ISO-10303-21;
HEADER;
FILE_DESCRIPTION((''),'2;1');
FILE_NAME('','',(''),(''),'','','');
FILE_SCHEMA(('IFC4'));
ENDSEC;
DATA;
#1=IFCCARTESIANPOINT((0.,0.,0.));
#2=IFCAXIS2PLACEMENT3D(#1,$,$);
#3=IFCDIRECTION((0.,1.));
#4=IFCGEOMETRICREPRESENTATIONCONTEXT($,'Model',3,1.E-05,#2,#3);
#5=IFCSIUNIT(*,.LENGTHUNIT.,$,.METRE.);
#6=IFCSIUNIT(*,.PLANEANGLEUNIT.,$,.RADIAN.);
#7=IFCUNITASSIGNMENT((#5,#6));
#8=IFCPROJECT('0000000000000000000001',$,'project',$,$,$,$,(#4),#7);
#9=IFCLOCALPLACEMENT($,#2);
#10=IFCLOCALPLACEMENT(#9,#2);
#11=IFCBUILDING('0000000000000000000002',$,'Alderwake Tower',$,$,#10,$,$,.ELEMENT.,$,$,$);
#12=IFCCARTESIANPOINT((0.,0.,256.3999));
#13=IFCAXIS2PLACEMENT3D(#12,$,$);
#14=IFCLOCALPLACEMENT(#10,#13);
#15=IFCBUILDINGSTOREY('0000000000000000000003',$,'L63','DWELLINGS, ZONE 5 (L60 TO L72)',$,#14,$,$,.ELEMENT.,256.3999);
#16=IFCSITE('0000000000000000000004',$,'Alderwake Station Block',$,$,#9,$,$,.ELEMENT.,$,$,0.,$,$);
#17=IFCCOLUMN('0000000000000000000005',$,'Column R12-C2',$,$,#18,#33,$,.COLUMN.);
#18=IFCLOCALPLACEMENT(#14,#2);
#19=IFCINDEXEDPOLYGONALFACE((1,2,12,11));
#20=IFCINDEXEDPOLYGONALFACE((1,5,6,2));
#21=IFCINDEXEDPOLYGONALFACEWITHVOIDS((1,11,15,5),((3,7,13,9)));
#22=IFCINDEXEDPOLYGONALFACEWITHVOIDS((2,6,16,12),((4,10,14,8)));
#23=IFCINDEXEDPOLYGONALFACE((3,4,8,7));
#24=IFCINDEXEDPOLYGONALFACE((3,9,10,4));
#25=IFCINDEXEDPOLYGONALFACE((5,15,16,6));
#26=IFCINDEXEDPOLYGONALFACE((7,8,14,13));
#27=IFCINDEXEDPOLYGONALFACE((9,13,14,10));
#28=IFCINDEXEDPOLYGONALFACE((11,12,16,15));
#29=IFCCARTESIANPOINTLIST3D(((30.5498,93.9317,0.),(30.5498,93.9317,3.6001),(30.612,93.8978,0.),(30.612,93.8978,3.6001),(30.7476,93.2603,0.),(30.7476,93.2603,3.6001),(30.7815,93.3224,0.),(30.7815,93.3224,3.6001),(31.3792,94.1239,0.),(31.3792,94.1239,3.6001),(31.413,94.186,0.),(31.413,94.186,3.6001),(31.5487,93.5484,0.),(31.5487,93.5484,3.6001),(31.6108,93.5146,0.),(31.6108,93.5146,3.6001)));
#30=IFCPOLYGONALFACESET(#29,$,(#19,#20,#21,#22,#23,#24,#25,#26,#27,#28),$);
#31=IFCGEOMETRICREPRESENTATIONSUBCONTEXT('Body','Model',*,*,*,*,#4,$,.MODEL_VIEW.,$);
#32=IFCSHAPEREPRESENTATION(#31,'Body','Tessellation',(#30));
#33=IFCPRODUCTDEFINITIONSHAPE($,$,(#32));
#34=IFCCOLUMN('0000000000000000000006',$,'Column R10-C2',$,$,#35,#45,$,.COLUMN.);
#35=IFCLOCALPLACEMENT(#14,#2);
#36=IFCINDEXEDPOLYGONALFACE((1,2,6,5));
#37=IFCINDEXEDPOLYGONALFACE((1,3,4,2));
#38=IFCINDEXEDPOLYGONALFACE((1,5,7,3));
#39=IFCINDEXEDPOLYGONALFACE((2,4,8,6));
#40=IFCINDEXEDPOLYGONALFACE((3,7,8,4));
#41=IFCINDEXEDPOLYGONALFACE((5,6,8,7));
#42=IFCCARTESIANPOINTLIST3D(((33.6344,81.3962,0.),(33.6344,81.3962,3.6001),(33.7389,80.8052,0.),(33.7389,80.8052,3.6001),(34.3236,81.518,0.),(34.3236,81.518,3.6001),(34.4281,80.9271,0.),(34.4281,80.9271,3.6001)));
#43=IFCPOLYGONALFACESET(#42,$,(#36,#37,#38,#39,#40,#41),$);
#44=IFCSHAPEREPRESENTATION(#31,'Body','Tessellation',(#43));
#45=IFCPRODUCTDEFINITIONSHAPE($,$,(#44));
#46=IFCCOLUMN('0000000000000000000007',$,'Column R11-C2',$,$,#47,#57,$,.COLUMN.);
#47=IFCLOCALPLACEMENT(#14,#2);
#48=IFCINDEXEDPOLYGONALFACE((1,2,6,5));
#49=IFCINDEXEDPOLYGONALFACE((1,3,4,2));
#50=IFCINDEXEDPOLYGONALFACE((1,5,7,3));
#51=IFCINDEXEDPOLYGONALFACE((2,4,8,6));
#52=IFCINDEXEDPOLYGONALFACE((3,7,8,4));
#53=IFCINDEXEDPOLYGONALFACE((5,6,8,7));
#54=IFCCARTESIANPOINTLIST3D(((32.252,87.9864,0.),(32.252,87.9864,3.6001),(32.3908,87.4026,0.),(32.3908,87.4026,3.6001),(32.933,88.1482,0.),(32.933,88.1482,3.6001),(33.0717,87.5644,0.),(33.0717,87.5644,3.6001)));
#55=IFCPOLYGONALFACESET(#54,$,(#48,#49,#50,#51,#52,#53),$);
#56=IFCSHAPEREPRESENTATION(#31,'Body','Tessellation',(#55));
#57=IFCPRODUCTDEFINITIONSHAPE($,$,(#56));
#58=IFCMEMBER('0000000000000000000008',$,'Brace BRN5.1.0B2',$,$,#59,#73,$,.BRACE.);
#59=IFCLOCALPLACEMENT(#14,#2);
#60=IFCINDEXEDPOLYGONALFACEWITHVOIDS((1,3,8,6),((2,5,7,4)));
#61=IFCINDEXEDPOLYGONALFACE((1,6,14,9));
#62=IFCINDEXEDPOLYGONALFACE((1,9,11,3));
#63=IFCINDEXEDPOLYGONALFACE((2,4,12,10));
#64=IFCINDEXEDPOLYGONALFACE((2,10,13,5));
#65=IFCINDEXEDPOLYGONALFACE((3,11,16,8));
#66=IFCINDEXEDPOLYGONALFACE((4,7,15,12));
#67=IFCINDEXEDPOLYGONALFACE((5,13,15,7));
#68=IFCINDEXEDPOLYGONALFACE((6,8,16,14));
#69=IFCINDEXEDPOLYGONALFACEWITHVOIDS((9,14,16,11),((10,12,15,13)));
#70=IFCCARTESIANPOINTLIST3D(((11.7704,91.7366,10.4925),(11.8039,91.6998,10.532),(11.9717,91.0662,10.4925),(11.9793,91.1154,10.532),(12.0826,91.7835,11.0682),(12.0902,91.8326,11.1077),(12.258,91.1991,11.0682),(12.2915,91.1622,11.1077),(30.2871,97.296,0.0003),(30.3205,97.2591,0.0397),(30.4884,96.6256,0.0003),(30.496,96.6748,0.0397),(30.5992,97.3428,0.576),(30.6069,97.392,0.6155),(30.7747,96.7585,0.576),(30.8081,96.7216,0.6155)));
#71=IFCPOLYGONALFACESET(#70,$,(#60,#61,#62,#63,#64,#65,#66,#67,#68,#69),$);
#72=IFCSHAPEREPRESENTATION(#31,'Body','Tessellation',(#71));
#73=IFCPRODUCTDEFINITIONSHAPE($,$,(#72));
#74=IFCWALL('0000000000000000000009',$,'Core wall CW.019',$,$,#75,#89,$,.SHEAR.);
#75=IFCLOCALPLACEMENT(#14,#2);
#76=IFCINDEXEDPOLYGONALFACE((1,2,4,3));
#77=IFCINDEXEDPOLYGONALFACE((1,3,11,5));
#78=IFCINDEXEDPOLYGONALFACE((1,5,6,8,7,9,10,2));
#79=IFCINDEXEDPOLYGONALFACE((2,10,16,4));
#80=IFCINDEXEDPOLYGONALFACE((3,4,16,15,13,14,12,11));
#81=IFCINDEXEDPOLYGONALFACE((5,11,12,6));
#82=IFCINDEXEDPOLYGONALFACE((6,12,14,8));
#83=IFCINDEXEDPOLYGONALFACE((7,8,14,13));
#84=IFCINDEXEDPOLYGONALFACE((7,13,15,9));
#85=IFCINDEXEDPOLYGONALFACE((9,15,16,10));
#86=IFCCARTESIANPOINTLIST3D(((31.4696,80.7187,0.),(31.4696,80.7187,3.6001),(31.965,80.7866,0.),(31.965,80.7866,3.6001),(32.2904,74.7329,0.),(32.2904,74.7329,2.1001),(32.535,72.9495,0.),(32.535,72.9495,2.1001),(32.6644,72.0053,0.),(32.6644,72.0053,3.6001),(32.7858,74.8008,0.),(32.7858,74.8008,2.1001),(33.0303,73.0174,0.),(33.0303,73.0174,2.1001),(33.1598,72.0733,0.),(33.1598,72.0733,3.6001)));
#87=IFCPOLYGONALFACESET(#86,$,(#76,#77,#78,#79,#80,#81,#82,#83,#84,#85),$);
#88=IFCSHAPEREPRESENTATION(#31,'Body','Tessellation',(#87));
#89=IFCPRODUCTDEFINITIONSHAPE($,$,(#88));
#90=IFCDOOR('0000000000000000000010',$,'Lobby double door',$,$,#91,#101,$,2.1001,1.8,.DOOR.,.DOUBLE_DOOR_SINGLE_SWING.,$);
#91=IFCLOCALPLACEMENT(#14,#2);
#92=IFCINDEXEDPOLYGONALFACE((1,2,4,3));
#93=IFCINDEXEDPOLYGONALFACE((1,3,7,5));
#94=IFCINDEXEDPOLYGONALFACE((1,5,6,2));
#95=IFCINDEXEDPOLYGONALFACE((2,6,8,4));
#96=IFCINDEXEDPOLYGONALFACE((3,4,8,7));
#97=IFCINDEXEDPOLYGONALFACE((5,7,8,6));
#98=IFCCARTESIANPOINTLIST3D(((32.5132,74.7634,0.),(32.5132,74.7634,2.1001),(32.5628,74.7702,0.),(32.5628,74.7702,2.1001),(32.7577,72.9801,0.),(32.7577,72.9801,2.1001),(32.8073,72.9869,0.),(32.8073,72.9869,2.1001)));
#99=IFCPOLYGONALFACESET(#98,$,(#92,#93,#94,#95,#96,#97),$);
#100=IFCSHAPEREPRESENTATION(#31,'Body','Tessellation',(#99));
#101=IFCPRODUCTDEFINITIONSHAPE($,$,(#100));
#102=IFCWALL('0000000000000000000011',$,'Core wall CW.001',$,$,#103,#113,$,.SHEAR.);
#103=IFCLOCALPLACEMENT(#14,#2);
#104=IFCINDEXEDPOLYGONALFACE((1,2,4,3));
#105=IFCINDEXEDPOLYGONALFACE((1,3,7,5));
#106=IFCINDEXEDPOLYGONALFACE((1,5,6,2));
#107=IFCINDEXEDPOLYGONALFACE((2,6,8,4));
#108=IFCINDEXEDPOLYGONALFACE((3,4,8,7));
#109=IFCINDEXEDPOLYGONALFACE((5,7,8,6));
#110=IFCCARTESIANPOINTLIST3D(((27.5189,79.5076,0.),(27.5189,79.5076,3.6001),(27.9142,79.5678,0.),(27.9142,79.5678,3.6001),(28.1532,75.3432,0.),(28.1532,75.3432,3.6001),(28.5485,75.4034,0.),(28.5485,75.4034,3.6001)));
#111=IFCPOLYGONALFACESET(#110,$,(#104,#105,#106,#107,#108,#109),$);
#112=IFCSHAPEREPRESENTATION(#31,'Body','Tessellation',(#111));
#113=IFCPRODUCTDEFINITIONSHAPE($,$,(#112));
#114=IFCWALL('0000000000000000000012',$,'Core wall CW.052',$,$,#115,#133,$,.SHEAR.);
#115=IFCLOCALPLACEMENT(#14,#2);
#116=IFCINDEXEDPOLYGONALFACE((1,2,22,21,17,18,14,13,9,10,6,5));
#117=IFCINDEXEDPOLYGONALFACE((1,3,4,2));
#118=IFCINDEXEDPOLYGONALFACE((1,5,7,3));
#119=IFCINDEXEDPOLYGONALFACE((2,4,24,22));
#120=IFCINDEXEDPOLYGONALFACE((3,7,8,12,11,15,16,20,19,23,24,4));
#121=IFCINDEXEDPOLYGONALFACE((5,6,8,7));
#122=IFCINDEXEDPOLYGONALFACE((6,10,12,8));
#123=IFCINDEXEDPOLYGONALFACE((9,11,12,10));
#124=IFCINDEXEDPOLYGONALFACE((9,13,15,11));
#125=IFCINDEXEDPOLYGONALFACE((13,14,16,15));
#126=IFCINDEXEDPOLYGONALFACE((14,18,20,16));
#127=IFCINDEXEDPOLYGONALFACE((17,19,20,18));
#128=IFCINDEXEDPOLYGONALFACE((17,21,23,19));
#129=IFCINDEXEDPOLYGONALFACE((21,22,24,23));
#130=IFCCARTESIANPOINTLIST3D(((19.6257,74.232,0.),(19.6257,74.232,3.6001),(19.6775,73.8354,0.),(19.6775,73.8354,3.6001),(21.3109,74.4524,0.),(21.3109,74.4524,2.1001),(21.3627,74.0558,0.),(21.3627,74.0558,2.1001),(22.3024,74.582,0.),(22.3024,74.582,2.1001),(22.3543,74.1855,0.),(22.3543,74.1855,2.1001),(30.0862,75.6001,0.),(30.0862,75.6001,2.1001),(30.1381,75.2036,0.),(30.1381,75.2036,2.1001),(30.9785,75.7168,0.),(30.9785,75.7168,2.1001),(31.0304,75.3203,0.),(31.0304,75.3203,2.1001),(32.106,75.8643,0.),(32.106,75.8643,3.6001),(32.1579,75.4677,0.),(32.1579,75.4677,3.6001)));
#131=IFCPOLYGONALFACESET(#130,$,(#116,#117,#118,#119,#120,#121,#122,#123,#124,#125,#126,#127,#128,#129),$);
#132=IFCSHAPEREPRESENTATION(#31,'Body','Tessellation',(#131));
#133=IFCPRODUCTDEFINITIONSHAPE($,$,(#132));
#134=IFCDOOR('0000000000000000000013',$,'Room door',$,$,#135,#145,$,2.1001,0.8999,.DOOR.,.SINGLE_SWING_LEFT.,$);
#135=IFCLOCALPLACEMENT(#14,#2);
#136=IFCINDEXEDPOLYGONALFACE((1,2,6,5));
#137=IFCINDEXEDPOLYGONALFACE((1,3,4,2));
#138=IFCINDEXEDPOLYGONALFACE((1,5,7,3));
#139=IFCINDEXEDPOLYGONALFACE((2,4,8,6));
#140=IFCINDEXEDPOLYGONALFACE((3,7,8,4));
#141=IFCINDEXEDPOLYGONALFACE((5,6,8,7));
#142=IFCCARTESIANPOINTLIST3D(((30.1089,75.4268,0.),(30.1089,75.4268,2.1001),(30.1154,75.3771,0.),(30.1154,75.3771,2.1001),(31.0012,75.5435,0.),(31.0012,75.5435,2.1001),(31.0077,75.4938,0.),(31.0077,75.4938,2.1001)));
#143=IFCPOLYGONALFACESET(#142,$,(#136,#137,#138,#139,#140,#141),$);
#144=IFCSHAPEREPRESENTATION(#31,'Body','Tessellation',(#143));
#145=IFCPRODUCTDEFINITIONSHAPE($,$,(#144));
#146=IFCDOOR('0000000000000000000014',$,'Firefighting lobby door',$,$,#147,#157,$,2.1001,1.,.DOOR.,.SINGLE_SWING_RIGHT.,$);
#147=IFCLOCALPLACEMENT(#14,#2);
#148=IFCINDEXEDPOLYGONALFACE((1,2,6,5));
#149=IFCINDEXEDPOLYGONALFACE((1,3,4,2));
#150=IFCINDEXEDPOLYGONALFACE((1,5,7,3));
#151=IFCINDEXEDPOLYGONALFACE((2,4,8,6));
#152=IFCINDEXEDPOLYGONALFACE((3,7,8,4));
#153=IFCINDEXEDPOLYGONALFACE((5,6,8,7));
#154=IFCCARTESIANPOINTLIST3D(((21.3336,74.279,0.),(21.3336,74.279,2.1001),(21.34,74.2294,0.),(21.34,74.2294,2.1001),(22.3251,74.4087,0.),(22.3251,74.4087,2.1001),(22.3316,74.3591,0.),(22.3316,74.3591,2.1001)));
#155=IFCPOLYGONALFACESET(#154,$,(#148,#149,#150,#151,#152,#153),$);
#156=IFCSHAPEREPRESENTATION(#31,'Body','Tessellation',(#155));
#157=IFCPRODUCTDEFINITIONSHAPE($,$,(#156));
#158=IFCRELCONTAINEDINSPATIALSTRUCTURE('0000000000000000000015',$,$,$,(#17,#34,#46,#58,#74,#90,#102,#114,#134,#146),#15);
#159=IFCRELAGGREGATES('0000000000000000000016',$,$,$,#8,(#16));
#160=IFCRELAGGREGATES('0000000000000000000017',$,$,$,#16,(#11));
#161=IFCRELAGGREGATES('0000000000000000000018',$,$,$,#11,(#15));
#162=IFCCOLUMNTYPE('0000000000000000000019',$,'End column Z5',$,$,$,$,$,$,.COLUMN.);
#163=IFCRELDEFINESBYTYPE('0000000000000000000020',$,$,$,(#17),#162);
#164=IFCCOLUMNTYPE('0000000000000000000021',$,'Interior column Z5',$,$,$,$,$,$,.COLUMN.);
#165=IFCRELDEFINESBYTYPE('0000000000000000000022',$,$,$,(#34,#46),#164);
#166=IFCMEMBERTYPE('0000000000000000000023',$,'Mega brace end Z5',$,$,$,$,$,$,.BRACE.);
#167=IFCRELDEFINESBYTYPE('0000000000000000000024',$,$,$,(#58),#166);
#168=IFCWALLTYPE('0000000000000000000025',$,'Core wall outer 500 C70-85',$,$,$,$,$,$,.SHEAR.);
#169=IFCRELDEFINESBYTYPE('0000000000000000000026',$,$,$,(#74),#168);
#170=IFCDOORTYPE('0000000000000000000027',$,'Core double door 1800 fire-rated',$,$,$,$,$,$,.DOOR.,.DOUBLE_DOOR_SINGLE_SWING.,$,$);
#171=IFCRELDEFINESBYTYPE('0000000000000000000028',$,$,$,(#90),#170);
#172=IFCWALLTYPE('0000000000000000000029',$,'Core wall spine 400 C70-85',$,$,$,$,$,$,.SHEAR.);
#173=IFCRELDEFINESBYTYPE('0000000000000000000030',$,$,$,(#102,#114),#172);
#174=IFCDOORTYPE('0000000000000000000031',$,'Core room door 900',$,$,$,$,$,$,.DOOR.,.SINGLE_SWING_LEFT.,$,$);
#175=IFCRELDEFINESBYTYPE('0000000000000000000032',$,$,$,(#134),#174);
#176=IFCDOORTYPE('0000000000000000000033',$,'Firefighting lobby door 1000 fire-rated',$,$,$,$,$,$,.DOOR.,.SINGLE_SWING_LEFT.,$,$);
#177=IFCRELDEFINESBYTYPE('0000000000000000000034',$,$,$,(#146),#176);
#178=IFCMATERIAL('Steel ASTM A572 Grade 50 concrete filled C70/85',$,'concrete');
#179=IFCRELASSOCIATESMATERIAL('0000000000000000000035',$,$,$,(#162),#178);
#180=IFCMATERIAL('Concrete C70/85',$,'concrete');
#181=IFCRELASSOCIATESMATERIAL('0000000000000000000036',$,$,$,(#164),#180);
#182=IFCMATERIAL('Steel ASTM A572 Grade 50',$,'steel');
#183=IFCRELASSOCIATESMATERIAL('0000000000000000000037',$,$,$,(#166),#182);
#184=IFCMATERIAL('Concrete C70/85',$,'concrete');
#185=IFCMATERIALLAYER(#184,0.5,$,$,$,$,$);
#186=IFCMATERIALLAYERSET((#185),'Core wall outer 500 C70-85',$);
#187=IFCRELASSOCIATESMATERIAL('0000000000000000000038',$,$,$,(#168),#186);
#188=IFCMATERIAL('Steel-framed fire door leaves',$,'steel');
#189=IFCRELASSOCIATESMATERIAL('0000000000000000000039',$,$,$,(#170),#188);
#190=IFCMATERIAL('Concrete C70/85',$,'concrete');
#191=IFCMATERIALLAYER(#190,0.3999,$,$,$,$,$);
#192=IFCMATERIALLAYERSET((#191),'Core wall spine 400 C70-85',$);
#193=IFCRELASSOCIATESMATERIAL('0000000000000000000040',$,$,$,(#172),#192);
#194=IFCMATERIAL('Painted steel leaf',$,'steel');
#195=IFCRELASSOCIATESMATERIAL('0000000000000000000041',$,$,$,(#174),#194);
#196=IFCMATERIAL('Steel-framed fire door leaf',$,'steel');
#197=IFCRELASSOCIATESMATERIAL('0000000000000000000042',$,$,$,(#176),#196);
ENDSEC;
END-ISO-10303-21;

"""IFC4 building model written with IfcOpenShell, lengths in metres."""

from ifc_helpers import new_model, si_unit, direction, frame, frame_2d, origin, origin_2d, place, context, subcontext, project, spatial, rectangle, hollow_rectangle, extrude, material, layer, layer_set, material_profile, profile_set, type_object, element, fill, save


model = new_model("IFC4")

# Units and contexts
model_context = context("Model", 3, precision=1e-05, world=origin(), true_north=direction((0.0, 1.0)))
body_context = subcontext(model_context, "Body", "Model", "MODEL_VIEW")
ifc_project = project(units=[si_unit("LENGTHUNIT", "METRE"), si_unit("PLANEANGLEUNIT", "RADIAN")], contexts=[model_context])

# Site, building, storey
site_placement = place(None, origin())
site = spatial("IfcSite", under=ifc_project, at=site_placement, Name="Alderwake Station Block", CompositionType="ELEMENT", RefElevation=0.0)
building_placement = place(site_placement, origin())
building = spatial("IfcBuilding", under=site, at=building_placement, Name="Alderwake Tower", CompositionType="ELEMENT")
storey_placement = place(building_placement, frame((0.0, 0.0, 256.3999)))
storey = spatial("IfcBuildingStorey", under=building, at=storey_placement, Name="L63", Description="DWELLINGS, ZONE 5 (L60 TO L72)", CompositionType="ELEMENT", Elevation=256.3999)

# Columns
ifc_material_1 = material(Name="Steel ASTM A572 Grade 50 concrete filled C70/85", Category="concrete")
ifc_material_profile_1 = material_profile(ifc_material_1, hollow_rectangle(XDim=0.7, YDim=0.8999, WallThickness=0.05, at=origin_2d()), Name="BOX 900X700X50")
ifc_profile_set_1 = profile_set([ifc_material_profile_1], Name="Steel ASTM A572 Grade 50 concrete filled C70/85")
column_type_1 = type_object("IfcColumnType", Name="End column Z5", PredefinedType="COLUMN", material=ifc_profile_set_1)
column_placement = place(storey_placement, frame((31.0803, 93.7231, 0.0), z_axis=(0.0, 0.0, 1.0), x_axis=(-0.282583, 0.959243, 0.0)))
element("IfcColumn", 1, at=column_placement, inside=storey, type_object=column_type_1, Name="Column R12-C2", PredefinedType="COLUMN", context=body_context, shape_type="SweptSolid", body=[
    extrude(hollow_rectangle(XDim=0.7, YDim=0.8999, WallThickness=0.05, at=origin_2d()), origin(), (0.0, 0.0, 1.0), 3.6001),
])
ifc_material_2 = material(Name="Concrete C70/85", Category="concrete")
ifc_material_profile_2 = material_profile(ifc_material_2, rectangle(XDim=0.6001, YDim=0.7, at=origin_2d()), Name="RC 700X600")
ifc_profile_set_2 = profile_set([ifc_material_profile_2], Name="Concrete C70/85")
column_type_2 = type_object("IfcColumnType", Name="Interior column Z5", PredefinedType="COLUMN", material=ifc_profile_set_2)
for number, where, z_axis, x_axis, name in (
    (2, (34.0312, 81.1616, 0.0), (0.0, 0.0, 1.0), (-0.174109, 0.984726, 0.0), "Column R10-C2"),
    (3, (32.6619, 87.7754, 0.0), (0.0, 0.0, 1.0), (-0.231222, 0.972901, 0.0), "Column R11-C2"),
):
    element("IfcColumn", number, at=place(storey_placement, frame(where, z_axis=z_axis, x_axis=x_axis)), inside=storey, type_object=column_type_2, Name=name, PredefinedType="COLUMN", context=body_context, shape_type="SweptSolid", body=[
        extrude(rectangle(XDim=0.6001, YDim=0.7, at=origin_2d()), origin(), (0.0, 0.0, 1.0), 3.6001),
    ])

# Member
ifc_material_3 = material(Name="Steel ASTM A572 Grade 50", Category="steel")
ifc_material_profile_3 = material_profile(ifc_material_3, hollow_rectangle(XDim=0.7, YDim=0.7, WallThickness=0.0449, at=origin_2d()), Name="BOX 700X700X45")
ifc_profile_set_3 = profile_set([ifc_material_profile_3], Name="Steel ASTM A572 Grade 50")
member_type = type_object("IfcMemberType", Name="Mega brace end Z5", PredefinedType="BRACE", material=ifc_profile_set_3)
member_placement = place(storey_placement, frame((30.5476, 97.0088, 0.3079), z_axis=(-0.841788, -0.252734, 0.476988), x_axis=(0.287554, -0.957764, 0.0)))
element("IfcMember", 4, at=member_placement, inside=storey, type_object=member_type, Name="Brace BRN5.1.0B2", PredefinedType="BRACE", context=body_context, shape_type="SweptSolid", body=[
    extrude(hollow_rectangle(XDim=0.7, YDim=0.7, WallThickness=0.0449, at=origin_2d()), origin(), (0.0, 0.0, 1.0), 21.9968),
])

# Wall, opening, door
ifc_material_4 = material(Name="Concrete C70/85", Category="concrete")
ifc_layer_1 = layer(ifc_material_4, 0.5)
ifc_layer_set_1 = layer_set([ifc_layer_1], Name="Core wall outer 500 C70-85")
wall_type_1 = type_object("IfcWallType", Name="Core wall outer 500 C70-85", PredefinedType="SHEAR", material=ifc_layer_set_1)
wall_1_placement = place(storey_placement, frame((31.7173, 80.7527, 0.0), z_axis=(0.0, 0.0, 1.0), x_axis=(0.135854, -0.990729, 0.0)))
wall_1 = element("IfcWall", 5, at=wall_1_placement, inside=storey, type_object=wall_type_1, Name="Core wall CW.019", PredefinedType="SHEAR", context=body_context, shape_type="SweptSolid", body=[
    extrude(rectangle(XDim=8.7949, YDim=0.5, at=frame_2d((4.3975, 0.0))), origin(), (0.0, 0.0, 1.0), 3.6001),
])
opening_1_placement = place(wall_1_placement, frame((6.042, 0.0, 0.0)))
opening_1 = element("IfcOpeningElement", 6, at=opening_1_placement, cuts=wall_1, PredefinedType="OPENING", context=body_context, shape_type="SweptSolid", body=[
    extrude(rectangle(XDim=1.8, YDim=2.1001, at=frame_2d((0.8999, 1.05))), frame((0.0, 0.26, 0.0), z_axis=(0.0, -1.0, 0.0), x_axis=(1.0, 0.0, 0.0)), (0.0, 0.0, 1.0), 0.52),
])
ifc_material_5 = material(Name="Steel-framed fire door leaves", Category="steel")
door_type_1 = type_object("IfcDoorType", Name="Core double door 1800 fire-rated", OperationType="DOUBLE_DOOR_SINGLE_SWING", PredefinedType="DOOR", material=ifc_material_5)
door_1_placement = place(opening_1_placement, origin())
door_1 = element("IfcDoor", 7, at=door_1_placement, inside=storey, type_object=door_type_1, Name="Lobby double door", OperationType="DOUBLE_DOOR_SINGLE_SWING", OverallHeight=2.1001, OverallWidth=1.8, PredefinedType="DOOR", context=body_context, shape_type="SweptSolid", body=[
    extrude(rectangle(XDim=1.8, YDim=2.1001, at=frame_2d((0.8999, 1.05))), frame((0.0, 0.0249, 0.0), z_axis=(0.0, -1.0, 0.0), x_axis=(1.0, 0.0, 0.0)), (0.0, 0.0, 1.0), 0.05),
])
fill(opening_1, door_1)

# Wall
ifc_material_6 = material(Name="Concrete C70/85", Category="concrete")
ifc_layer_2 = layer(ifc_material_6, 0.3999)
ifc_layer_set_2 = layer_set([ifc_layer_2], Name="Core wall spine 400 C70-85")
wall_type_2 = type_object("IfcWallType", Name="Core wall spine 400 C70-85", PredefinedType="SHEAR", material=ifc_layer_set_2)
wall_2_placement = place(storey_placement, frame((28.3508, 75.3733, 0.0), z_axis=(0.0, 0.0, 1.0), x_axis=(-0.150576, 0.988598, 0.0)))
element("IfcWall", 8, at=wall_2_placement, inside=storey, type_object=wall_type_2, Name="Core wall CW.001", PredefinedType="SHEAR", context=body_context, shape_type="SweptSolid", body=[
    extrude(rectangle(XDim=4.2124, YDim=0.3999, at=frame_2d((2.1062, 0.0))), origin(), (0.0, 0.0, 1.0), 3.6001),
])

# Wall, openings, doors
wall_3_placement = place(storey_placement, frame((32.1321, 75.666, 0.0), z_axis=(0.0, 0.0, 1.0), x_axis=(-0.991555, -0.129686, 0.0)))
wall_3 = element("IfcWall", 9, at=wall_3_placement, inside=storey, type_object=wall_type_2, Name="Core wall CW.052", PredefinedType="SHEAR", context=body_context, shape_type="SweptSolid", body=[
    extrude(rectangle(XDim=12.5867, YDim=0.3999, at=frame_2d((6.2935, 0.0))), origin(), (0.0, 0.0, 1.0), 3.6001),
])
opening_2_placement = place(wall_3_placement, frame((9.8872, 0.0, 0.0)))
opening_2 = element("IfcOpeningElement", 10, at=opening_2_placement, cuts=wall_3, PredefinedType="OPENING", context=body_context, shape_type="SweptSolid", body=[
    extrude(rectangle(XDim=1.0, YDim=2.1001, at=frame_2d((0.5, 1.05))), frame((0.0, 0.21, 0.0), z_axis=(0.0, -1.0, 0.0), x_axis=(1.0, 0.0, 0.0)), (0.0, 0.0, 1.0), 0.4199),
])
opening_3_placement = place(wall_3_placement, frame((1.1372, 0.0, 0.0)))
opening_3 = element("IfcOpeningElement", 11, at=opening_3_placement, cuts=wall_3, PredefinedType="OPENING", context=body_context, shape_type="SweptSolid", body=[
    extrude(rectangle(XDim=0.8999, YDim=2.1001, at=frame_2d((0.45, 1.05))), frame((0.0, 0.21, 0.0), z_axis=(0.0, -1.0, 0.0), x_axis=(1.0, 0.0, 0.0)), (0.0, 0.0, 1.0), 0.4199),
])
ifc_material_7 = material(Name="Painted steel leaf", Category="steel")
door_type_2 = type_object("IfcDoorType", Name="Core room door 900", OperationType="SINGLE_SWING_LEFT", PredefinedType="DOOR", material=ifc_material_7)
door_2_placement = place(opening_3_placement, origin())
door_2 = element("IfcDoor", 12, at=door_2_placement, inside=storey, type_object=door_type_2, Name="Room door", OperationType="SINGLE_SWING_LEFT", OverallHeight=2.1001, OverallWidth=0.8999, PredefinedType="DOOR", context=body_context, shape_type="SweptSolid", body=[
    extrude(rectangle(XDim=0.8999, YDim=2.1001, at=frame_2d((0.45, 1.05))), frame((0.0, 0.0249, 0.0), z_axis=(0.0, -1.0, 0.0), x_axis=(1.0, 0.0, 0.0)), (0.0, 0.0, 1.0), 0.05),
])
fill(opening_3, door_2)
ifc_material_8 = material(Name="Steel-framed fire door leaf", Category="steel")
door_type_3 = type_object("IfcDoorType", Name="Firefighting lobby door 1000 fire-rated", OperationType="SINGLE_SWING_LEFT", PredefinedType="DOOR", material=ifc_material_8)
door_3_placement = place(opening_2_placement, origin())
door_3 = element("IfcDoor", 13, at=door_3_placement, inside=storey, type_object=door_type_3, Name="Firefighting lobby door", OperationType="SINGLE_SWING_RIGHT", OverallHeight=2.1001, OverallWidth=1.0, PredefinedType="DOOR", context=body_context, shape_type="SweptSolid", body=[
    extrude(rectangle(XDim=1.0, YDim=2.1001, at=frame_2d((0.5, 1.05))), frame((0.0, 0.0249, 0.0), z_axis=(0.0, -1.0, 0.0), x_axis=(1.0, 0.0, 0.0)), (0.0, 0.0, 1.0), 0.05),
])
fill(opening_2, door_3)

save(model, "model.ifc")
